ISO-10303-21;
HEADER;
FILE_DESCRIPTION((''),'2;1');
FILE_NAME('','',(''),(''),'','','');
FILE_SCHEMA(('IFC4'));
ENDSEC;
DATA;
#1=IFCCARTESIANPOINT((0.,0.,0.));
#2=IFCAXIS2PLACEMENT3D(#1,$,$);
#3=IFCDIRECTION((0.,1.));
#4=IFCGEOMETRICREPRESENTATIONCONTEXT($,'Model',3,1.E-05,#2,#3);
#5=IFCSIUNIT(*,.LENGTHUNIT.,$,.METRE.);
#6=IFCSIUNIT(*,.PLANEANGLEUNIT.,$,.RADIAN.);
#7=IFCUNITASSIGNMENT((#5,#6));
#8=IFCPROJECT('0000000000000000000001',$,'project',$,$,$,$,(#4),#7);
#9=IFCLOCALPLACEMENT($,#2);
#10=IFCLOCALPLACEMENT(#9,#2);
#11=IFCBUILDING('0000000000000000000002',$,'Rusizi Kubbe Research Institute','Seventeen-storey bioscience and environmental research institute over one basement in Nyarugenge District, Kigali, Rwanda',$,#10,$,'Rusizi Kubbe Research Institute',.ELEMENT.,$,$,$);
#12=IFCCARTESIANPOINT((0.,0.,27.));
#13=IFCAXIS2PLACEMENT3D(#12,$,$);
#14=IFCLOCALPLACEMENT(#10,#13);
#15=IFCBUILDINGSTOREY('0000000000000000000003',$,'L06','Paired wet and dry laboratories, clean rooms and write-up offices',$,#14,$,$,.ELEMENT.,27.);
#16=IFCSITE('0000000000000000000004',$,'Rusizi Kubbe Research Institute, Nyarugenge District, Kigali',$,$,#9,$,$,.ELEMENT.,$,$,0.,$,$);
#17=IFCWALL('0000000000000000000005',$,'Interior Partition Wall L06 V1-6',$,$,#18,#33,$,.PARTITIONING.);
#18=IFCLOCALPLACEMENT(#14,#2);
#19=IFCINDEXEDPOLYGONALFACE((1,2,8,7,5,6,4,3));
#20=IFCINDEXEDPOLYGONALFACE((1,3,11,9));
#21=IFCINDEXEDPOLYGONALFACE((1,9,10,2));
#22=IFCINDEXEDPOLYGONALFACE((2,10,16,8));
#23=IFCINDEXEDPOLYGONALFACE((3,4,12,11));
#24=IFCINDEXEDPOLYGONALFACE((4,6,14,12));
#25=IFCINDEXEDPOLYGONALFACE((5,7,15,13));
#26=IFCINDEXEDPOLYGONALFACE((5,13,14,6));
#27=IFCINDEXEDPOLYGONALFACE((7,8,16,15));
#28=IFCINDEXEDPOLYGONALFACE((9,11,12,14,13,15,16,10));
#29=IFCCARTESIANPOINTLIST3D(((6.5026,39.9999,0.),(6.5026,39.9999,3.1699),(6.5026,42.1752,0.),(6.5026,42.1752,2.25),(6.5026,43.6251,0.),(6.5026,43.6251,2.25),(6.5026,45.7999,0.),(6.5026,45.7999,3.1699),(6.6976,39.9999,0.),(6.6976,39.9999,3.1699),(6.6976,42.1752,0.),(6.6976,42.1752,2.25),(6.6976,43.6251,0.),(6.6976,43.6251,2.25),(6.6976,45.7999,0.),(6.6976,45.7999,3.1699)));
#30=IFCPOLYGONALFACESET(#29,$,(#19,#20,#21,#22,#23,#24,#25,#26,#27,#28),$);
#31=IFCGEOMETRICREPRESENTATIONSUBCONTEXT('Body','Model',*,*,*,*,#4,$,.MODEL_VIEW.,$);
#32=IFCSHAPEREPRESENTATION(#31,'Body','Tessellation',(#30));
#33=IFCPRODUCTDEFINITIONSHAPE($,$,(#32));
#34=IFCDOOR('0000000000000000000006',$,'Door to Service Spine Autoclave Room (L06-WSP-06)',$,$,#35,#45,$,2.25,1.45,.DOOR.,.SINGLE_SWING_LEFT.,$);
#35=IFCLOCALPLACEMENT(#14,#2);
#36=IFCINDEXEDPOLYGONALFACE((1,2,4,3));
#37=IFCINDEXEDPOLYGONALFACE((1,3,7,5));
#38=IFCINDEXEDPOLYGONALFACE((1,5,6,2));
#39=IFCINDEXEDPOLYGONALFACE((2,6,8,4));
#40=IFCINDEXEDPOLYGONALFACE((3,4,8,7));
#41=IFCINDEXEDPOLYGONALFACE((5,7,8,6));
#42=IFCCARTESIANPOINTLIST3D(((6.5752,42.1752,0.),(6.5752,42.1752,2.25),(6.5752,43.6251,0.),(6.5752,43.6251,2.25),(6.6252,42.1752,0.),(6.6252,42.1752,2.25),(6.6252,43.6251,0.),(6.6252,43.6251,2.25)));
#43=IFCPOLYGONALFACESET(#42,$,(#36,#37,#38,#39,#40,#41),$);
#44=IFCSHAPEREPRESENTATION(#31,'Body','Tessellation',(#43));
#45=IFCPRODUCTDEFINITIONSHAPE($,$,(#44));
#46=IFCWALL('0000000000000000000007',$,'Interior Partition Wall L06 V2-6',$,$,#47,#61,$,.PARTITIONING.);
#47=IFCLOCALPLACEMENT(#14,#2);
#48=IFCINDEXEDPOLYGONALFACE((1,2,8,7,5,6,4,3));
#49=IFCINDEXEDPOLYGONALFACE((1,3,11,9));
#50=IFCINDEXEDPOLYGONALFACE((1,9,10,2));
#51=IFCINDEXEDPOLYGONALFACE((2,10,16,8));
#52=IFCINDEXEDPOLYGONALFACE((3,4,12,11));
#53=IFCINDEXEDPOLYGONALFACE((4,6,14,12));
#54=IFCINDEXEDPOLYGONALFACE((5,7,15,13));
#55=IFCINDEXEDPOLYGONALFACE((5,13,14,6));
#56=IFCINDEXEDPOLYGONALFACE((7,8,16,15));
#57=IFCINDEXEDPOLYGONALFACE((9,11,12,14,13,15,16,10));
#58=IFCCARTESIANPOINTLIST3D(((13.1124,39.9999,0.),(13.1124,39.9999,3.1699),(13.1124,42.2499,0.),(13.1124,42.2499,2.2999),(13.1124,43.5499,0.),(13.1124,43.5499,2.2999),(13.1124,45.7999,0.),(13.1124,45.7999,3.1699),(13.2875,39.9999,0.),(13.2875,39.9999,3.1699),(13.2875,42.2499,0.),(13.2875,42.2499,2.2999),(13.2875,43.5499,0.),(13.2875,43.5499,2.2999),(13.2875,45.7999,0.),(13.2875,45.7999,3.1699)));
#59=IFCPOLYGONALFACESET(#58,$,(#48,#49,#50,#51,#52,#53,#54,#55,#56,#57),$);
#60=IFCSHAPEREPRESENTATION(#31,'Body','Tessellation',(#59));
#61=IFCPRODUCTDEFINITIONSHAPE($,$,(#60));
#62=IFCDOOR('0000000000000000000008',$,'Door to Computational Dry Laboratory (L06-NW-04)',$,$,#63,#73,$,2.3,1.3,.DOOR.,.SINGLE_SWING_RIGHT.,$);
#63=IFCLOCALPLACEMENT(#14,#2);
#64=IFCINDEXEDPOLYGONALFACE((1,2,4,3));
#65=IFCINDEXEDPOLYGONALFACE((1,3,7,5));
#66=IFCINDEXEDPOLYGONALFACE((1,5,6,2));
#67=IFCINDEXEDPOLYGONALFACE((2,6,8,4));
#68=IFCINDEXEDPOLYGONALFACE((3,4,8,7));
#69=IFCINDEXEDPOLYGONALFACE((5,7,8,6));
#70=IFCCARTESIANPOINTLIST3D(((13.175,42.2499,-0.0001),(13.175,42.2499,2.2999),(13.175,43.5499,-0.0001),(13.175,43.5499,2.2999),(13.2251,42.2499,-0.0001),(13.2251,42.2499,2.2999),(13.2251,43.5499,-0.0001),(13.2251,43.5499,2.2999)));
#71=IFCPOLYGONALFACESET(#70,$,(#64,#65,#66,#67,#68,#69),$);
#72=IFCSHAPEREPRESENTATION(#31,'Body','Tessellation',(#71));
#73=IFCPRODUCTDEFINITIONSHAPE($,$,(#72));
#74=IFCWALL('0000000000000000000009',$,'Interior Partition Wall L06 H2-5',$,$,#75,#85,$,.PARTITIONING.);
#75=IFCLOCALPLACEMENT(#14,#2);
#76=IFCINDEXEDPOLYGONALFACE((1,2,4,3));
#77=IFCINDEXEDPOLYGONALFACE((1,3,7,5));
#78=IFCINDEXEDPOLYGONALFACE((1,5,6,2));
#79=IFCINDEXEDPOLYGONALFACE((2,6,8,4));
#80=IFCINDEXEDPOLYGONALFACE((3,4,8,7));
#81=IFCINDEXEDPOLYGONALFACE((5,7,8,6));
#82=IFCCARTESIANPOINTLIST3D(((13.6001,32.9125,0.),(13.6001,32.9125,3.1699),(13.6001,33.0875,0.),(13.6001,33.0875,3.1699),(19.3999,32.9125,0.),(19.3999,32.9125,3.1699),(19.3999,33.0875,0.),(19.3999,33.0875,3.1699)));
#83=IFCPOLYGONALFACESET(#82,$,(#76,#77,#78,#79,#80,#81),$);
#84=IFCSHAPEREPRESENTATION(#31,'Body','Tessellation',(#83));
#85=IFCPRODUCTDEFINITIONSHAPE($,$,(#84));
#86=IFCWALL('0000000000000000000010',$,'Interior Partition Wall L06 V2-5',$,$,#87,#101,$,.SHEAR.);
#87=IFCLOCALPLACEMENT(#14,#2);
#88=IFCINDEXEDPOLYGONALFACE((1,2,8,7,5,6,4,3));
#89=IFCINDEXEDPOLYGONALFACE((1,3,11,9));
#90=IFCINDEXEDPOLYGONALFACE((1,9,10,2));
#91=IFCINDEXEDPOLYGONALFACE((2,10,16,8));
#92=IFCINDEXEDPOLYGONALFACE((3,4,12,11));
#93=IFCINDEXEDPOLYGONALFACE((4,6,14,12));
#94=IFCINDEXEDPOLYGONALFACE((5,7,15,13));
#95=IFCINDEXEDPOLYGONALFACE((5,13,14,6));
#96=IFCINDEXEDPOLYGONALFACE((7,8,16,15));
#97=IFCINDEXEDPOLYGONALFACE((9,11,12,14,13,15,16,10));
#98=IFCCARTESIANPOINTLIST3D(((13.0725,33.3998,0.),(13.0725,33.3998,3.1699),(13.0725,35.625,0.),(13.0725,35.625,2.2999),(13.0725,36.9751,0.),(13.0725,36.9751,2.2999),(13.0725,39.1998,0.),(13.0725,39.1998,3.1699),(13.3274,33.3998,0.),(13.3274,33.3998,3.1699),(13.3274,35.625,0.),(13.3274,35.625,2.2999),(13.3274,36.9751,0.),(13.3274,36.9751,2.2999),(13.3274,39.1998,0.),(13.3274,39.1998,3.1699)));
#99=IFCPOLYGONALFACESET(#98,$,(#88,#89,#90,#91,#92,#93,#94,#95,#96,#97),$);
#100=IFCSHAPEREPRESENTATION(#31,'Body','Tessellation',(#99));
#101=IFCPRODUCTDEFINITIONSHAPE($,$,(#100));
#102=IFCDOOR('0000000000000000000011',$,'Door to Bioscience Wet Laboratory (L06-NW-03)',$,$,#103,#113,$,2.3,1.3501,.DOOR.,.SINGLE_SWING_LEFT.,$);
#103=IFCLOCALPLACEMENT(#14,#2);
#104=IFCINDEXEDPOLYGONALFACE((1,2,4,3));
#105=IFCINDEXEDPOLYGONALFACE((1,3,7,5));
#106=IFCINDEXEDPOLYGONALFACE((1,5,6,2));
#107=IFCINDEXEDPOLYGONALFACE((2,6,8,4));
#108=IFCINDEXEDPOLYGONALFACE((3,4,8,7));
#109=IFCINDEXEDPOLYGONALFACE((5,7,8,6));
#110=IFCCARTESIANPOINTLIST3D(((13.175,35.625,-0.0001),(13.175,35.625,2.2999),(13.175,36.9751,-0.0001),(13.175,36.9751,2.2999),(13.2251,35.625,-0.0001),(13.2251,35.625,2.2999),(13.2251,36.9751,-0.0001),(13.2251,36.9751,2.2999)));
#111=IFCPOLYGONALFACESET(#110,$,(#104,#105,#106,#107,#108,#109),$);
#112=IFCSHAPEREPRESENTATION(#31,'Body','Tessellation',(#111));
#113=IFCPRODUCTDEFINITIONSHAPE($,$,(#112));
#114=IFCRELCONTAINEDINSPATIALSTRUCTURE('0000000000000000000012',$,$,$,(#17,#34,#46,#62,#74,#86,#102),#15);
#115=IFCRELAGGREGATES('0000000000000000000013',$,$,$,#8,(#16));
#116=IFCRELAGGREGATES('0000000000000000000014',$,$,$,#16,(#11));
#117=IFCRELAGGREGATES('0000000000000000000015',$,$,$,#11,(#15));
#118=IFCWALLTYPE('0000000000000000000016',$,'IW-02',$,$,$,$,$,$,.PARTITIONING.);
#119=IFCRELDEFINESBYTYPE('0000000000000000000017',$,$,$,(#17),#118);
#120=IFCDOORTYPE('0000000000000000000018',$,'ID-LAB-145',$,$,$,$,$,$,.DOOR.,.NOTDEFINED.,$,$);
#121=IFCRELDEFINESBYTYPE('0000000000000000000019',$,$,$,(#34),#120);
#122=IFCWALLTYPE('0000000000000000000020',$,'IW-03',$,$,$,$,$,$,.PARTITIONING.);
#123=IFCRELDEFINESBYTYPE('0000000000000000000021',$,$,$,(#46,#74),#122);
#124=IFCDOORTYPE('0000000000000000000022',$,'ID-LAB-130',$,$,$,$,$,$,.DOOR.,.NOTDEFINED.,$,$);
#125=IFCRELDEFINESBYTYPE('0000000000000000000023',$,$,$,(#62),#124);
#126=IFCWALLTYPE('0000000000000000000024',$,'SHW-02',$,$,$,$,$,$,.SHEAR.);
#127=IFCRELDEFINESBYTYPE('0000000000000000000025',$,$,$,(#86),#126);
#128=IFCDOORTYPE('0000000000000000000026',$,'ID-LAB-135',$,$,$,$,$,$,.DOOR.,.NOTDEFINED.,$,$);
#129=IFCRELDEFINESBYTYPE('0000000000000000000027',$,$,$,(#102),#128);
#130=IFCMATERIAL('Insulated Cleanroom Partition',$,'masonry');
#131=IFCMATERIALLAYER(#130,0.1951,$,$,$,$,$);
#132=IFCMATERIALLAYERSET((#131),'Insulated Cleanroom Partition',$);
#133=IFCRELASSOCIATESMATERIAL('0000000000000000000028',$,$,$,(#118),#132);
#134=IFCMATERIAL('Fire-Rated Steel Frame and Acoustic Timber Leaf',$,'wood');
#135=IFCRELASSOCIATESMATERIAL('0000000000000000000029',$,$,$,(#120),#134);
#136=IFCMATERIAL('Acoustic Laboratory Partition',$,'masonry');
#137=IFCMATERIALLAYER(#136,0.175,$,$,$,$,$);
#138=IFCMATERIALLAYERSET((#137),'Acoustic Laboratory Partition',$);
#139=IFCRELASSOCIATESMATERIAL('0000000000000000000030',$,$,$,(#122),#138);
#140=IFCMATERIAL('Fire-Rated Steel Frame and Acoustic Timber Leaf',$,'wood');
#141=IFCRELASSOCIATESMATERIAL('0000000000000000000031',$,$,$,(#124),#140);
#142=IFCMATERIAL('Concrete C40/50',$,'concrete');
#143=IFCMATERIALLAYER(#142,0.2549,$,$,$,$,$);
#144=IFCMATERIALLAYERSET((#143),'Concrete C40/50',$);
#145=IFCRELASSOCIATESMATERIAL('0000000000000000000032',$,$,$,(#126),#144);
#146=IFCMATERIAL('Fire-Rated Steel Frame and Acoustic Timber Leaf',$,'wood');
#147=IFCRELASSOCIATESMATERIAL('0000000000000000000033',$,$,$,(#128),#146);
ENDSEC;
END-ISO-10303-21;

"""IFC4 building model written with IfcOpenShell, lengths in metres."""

from ifc_helpers import new_model, si_unit, direction, frame, frame_2d, origin, place, context, subcontext, project, spatial, rectangle, extrude, material, layer, layer_set, type_object, element, fill, save


model = new_model("IFC4")

# Units and contexts
model_context = context("Model", 3, precision=1e-05, world=origin(), true_north=direction((0.0, 1.0)))
body_context = subcontext(model_context, "Body", "Model", "MODEL_VIEW")
ifc_project = project(units=[si_unit("LENGTHUNIT", "METRE"), si_unit("PLANEANGLEUNIT", "RADIAN")], contexts=[model_context])

# Site, building, storey
site_placement = place(None, origin())
site = spatial("IfcSite", under=ifc_project, at=site_placement, Name="Rusizi Kubbe Research Institute, Nyarugenge District, Kigali", CompositionType="ELEMENT", RefElevation=0.0)
building_placement = place(site_placement, origin())
building = spatial("IfcBuilding", under=site, at=building_placement, Name="Rusizi Kubbe Research Institute", Description="Seventeen-storey bioscience and environmental research institute over one basement in Nyarugenge District, Kigali, Rwanda", LongName="Rusizi Kubbe Research Institute", CompositionType="ELEMENT")
storey_placement = place(building_placement, frame((0.0, 0.0, 27.0)))
storey = spatial("IfcBuildingStorey", under=building, at=storey_placement, Name="L06", Description="Paired wet and dry laboratories, clean rooms and write-up offices", CompositionType="ELEMENT", Elevation=27.0)

# Walls, openings, doors
ifc_material_1 = material(Name="Insulated Cleanroom Partition", Category="masonry")
ifc_layer_1 = layer(ifc_material_1, 0.1951)
ifc_layer_set_1 = layer_set([ifc_layer_1], Name="Insulated Cleanroom Partition")
wall_type_1 = type_object("IfcWallType", Name="IW-02", PredefinedType="PARTITIONING", material=ifc_layer_set_1)
wall_1_placement = place(storey_placement, frame((6.6001, 40.0, 0.0), z_axis=(0.0, 0.0, 1.0), x_axis=(0.0, 1.0, 0.0)))
wall_1 = element("IfcWall", 1, at=wall_1_placement, inside=storey, type_object=wall_type_1, Name="Interior Partition Wall L06 V1-6", PredefinedType="PARTITIONING", context=body_context, shape_type="SweptSolid", body=[
    extrude(rectangle(XDim=5.8, YDim=0.1951, at=frame_2d((2.8999, 0.0))), origin(), (0.0, 0.0, 1.0), 3.1699),
])
opening_1_placement = place(wall_1_placement, frame((2.175, 0.0, 0.0)))
opening_1 = element("IfcOpeningElement", 2, at=opening_1_placement, cuts=wall_1, PredefinedType="OPENING", context=body_context, shape_type="SweptSolid", body=[
    extrude(rectangle(XDim=1.45, YDim=2.25, at=frame_2d((0.7251, 1.125))), frame((0.0, 0.1074, 0.0), z_axis=(0.0, -1.0, 0.0), x_axis=(1.0, 0.0, 0.0)), (0.0, 0.0, 1.0), 0.2151),
])
ifc_material_2 = material(Name="Fire-Rated Steel Frame and Acoustic Timber Leaf", Category="wood")
door_type_1 = type_object("IfcDoorType", Name="ID-LAB-145", OperationType="NOTDEFINED", PredefinedType="DOOR", material=ifc_material_2)
door_1_placement = place(opening_1_placement, origin())
door_1 = element("IfcDoor", 3, at=door_1_placement, inside=storey, type_object=door_type_1, Name="Door to Service Spine Autoclave Room (L06-WSP-06)", OperationType="SINGLE_SWING_LEFT", OverallHeight=2.25, OverallWidth=1.45, PredefinedType="DOOR", context=body_context, shape_type="SweptSolid", body=[
    extrude(rectangle(XDim=1.45, YDim=2.25, at=frame_2d((0.7251, 1.125))), frame((0.0, 0.0249, 0.0), z_axis=(0.0, -1.0, 0.0), x_axis=(1.0, 0.0, 0.0)), (0.0, 0.0, 1.0), 0.05),
])
fill(opening_1, door_1)
ifc_material_3 = material(Name="Acoustic Laboratory Partition", Category="masonry")
ifc_layer_2 = layer(ifc_material_3, 0.175)
ifc_layer_set_2 = layer_set([ifc_layer_2], Name="Acoustic Laboratory Partition")
wall_type_2 = type_object("IfcWallType", Name="IW-03", PredefinedType="PARTITIONING", material=ifc_layer_set_2)
wall_2_placement = place(storey_placement, frame((13.2, 40.0, 0.0), z_axis=(0.0, 0.0, 1.0), x_axis=(0.0, 1.0, 0.0)))
wall_2 = element("IfcWall", 4, at=wall_2_placement, inside=storey, type_object=wall_type_2, Name="Interior Partition Wall L06 V2-6", PredefinedType="PARTITIONING", context=body_context, shape_type="SweptSolid", body=[
    extrude(rectangle(XDim=5.8, YDim=0.175, at=frame_2d((2.8999, 0.0))), origin(), (0.0, 0.0, 1.0), 3.1699),
])
opening_2_placement = place(wall_2_placement, frame((2.25, 0.0, 0.0)))
opening_2 = element("IfcOpeningElement", 5, at=opening_2_placement, cuts=wall_2, PredefinedType="OPENING", context=body_context, shape_type="SweptSolid", body=[
    extrude(rectangle(XDim=1.3, YDim=2.3, at=frame_2d((0.6499, 1.1499))), frame((0.0, 0.0974, 0.0), z_axis=(0.0, -1.0, 0.0), x_axis=(1.0, 0.0, 0.0)), (0.0, 0.0, 1.0), 0.1951),
])
ifc_material_4 = material(Name="Fire-Rated Steel Frame and Acoustic Timber Leaf", Category="wood")
door_type_2 = type_object("IfcDoorType", Name="ID-LAB-130", OperationType="NOTDEFINED", PredefinedType="DOOR", material=ifc_material_4)
door_2_placement = place(opening_2_placement, origin())
door_2 = element("IfcDoor", 6, at=door_2_placement, inside=storey, type_object=door_type_2, Name="Door to Computational Dry Laboratory (L06-NW-04)", OperationType="SINGLE_SWING_RIGHT", OverallHeight=2.3, OverallWidth=1.3, PredefinedType="DOOR", context=body_context, shape_type="SweptSolid", body=[
    extrude(rectangle(XDim=1.3, YDim=2.3, at=frame_2d((0.6499, 1.1499))), frame((0.0, 0.0249, 0.0), z_axis=(0.0, -1.0, 0.0), x_axis=(1.0, 0.0, 0.0)), (0.0, 0.0, 1.0), 0.05),
])
fill(opening_2, door_2)

# Wall
wall_3_placement = place(storey_placement, frame((13.6001, 33.0, 0.0), z_axis=(0.0, 0.0, 1.0), x_axis=(1.0, 0.0, 0.0)))
element("IfcWall", 7, at=wall_3_placement, inside=storey, type_object=wall_type_2, Name="Interior Partition Wall L06 H2-5", PredefinedType="PARTITIONING", context=body_context, shape_type="SweptSolid", body=[
    extrude(rectangle(XDim=5.7998, YDim=0.175, at=frame_2d((2.8999, 0.0))), origin(), (0.0, 0.0, 1.0), 3.1699),
])

# Wall, opening, door
ifc_material_5 = material(Name="Concrete C40/50", Category="concrete")
ifc_layer_3 = layer(ifc_material_5, 0.2549)
ifc_layer_set_3 = layer_set([ifc_layer_3], Name="Concrete C40/50")
wall_type_3 = type_object("IfcWallType", Name="SHW-02", PredefinedType="SHEAR", material=ifc_layer_set_3)
wall_4_placement = place(storey_placement, frame((13.2, 33.3999, 0.0), z_axis=(0.0, 0.0, 1.0), x_axis=(0.0, 1.0, 0.0)))
wall_4 = element("IfcWall", 8, at=wall_4_placement, inside=storey, type_object=wall_type_3, Name="Interior Partition Wall L06 V2-5", PredefinedType="SHEAR", context=body_context, shape_type="SweptSolid", body=[
    extrude(rectangle(XDim=5.8, YDim=0.2549, at=frame_2d((2.8999, 0.0))), origin(), (0.0, 0.0, 1.0), 3.1699),
])
opening_3_placement = place(wall_4_placement, frame((2.2251, 0.0, 0.0)))
opening_3 = element("IfcOpeningElement", 9, at=opening_3_placement, cuts=wall_4, PredefinedType="OPENING", context=body_context, shape_type="SweptSolid", body=[
    extrude(rectangle(XDim=1.3501, YDim=2.3, at=frame_2d((0.675, 1.1499))), frame((0.0, 0.1375, 0.0), z_axis=(0.0, -1.0, 0.0), x_axis=(1.0, 0.0, 0.0)), (0.0, 0.0, 1.0), 0.2749),
])
ifc_material_6 = material(Name="Fire-Rated Steel Frame and Acoustic Timber Leaf", Category="wood")
door_type_3 = type_object("IfcDoorType", Name="ID-LAB-135", OperationType="NOTDEFINED", PredefinedType="DOOR", material=ifc_material_6)
door_3_placement = place(opening_3_placement, origin())
door_3 = element("IfcDoor", 10, at=door_3_placement, inside=storey, type_object=door_type_3, Name="Door to Bioscience Wet Laboratory (L06-NW-03)", OperationType="SINGLE_SWING_LEFT", OverallHeight=2.3, OverallWidth=1.3501, PredefinedType="DOOR", context=body_context, shape_type="SweptSolid", body=[
    extrude(rectangle(XDim=1.3501, YDim=2.3, at=frame_2d((0.675, 1.1499))), frame((0.0, 0.0249, 0.0), z_axis=(0.0, -1.0, 0.0), x_axis=(1.0, 0.0, 0.0)), (0.0, 0.0, 1.0), 0.05),
])
fill(opening_3, door_3)

save(model, "model.ifc")
